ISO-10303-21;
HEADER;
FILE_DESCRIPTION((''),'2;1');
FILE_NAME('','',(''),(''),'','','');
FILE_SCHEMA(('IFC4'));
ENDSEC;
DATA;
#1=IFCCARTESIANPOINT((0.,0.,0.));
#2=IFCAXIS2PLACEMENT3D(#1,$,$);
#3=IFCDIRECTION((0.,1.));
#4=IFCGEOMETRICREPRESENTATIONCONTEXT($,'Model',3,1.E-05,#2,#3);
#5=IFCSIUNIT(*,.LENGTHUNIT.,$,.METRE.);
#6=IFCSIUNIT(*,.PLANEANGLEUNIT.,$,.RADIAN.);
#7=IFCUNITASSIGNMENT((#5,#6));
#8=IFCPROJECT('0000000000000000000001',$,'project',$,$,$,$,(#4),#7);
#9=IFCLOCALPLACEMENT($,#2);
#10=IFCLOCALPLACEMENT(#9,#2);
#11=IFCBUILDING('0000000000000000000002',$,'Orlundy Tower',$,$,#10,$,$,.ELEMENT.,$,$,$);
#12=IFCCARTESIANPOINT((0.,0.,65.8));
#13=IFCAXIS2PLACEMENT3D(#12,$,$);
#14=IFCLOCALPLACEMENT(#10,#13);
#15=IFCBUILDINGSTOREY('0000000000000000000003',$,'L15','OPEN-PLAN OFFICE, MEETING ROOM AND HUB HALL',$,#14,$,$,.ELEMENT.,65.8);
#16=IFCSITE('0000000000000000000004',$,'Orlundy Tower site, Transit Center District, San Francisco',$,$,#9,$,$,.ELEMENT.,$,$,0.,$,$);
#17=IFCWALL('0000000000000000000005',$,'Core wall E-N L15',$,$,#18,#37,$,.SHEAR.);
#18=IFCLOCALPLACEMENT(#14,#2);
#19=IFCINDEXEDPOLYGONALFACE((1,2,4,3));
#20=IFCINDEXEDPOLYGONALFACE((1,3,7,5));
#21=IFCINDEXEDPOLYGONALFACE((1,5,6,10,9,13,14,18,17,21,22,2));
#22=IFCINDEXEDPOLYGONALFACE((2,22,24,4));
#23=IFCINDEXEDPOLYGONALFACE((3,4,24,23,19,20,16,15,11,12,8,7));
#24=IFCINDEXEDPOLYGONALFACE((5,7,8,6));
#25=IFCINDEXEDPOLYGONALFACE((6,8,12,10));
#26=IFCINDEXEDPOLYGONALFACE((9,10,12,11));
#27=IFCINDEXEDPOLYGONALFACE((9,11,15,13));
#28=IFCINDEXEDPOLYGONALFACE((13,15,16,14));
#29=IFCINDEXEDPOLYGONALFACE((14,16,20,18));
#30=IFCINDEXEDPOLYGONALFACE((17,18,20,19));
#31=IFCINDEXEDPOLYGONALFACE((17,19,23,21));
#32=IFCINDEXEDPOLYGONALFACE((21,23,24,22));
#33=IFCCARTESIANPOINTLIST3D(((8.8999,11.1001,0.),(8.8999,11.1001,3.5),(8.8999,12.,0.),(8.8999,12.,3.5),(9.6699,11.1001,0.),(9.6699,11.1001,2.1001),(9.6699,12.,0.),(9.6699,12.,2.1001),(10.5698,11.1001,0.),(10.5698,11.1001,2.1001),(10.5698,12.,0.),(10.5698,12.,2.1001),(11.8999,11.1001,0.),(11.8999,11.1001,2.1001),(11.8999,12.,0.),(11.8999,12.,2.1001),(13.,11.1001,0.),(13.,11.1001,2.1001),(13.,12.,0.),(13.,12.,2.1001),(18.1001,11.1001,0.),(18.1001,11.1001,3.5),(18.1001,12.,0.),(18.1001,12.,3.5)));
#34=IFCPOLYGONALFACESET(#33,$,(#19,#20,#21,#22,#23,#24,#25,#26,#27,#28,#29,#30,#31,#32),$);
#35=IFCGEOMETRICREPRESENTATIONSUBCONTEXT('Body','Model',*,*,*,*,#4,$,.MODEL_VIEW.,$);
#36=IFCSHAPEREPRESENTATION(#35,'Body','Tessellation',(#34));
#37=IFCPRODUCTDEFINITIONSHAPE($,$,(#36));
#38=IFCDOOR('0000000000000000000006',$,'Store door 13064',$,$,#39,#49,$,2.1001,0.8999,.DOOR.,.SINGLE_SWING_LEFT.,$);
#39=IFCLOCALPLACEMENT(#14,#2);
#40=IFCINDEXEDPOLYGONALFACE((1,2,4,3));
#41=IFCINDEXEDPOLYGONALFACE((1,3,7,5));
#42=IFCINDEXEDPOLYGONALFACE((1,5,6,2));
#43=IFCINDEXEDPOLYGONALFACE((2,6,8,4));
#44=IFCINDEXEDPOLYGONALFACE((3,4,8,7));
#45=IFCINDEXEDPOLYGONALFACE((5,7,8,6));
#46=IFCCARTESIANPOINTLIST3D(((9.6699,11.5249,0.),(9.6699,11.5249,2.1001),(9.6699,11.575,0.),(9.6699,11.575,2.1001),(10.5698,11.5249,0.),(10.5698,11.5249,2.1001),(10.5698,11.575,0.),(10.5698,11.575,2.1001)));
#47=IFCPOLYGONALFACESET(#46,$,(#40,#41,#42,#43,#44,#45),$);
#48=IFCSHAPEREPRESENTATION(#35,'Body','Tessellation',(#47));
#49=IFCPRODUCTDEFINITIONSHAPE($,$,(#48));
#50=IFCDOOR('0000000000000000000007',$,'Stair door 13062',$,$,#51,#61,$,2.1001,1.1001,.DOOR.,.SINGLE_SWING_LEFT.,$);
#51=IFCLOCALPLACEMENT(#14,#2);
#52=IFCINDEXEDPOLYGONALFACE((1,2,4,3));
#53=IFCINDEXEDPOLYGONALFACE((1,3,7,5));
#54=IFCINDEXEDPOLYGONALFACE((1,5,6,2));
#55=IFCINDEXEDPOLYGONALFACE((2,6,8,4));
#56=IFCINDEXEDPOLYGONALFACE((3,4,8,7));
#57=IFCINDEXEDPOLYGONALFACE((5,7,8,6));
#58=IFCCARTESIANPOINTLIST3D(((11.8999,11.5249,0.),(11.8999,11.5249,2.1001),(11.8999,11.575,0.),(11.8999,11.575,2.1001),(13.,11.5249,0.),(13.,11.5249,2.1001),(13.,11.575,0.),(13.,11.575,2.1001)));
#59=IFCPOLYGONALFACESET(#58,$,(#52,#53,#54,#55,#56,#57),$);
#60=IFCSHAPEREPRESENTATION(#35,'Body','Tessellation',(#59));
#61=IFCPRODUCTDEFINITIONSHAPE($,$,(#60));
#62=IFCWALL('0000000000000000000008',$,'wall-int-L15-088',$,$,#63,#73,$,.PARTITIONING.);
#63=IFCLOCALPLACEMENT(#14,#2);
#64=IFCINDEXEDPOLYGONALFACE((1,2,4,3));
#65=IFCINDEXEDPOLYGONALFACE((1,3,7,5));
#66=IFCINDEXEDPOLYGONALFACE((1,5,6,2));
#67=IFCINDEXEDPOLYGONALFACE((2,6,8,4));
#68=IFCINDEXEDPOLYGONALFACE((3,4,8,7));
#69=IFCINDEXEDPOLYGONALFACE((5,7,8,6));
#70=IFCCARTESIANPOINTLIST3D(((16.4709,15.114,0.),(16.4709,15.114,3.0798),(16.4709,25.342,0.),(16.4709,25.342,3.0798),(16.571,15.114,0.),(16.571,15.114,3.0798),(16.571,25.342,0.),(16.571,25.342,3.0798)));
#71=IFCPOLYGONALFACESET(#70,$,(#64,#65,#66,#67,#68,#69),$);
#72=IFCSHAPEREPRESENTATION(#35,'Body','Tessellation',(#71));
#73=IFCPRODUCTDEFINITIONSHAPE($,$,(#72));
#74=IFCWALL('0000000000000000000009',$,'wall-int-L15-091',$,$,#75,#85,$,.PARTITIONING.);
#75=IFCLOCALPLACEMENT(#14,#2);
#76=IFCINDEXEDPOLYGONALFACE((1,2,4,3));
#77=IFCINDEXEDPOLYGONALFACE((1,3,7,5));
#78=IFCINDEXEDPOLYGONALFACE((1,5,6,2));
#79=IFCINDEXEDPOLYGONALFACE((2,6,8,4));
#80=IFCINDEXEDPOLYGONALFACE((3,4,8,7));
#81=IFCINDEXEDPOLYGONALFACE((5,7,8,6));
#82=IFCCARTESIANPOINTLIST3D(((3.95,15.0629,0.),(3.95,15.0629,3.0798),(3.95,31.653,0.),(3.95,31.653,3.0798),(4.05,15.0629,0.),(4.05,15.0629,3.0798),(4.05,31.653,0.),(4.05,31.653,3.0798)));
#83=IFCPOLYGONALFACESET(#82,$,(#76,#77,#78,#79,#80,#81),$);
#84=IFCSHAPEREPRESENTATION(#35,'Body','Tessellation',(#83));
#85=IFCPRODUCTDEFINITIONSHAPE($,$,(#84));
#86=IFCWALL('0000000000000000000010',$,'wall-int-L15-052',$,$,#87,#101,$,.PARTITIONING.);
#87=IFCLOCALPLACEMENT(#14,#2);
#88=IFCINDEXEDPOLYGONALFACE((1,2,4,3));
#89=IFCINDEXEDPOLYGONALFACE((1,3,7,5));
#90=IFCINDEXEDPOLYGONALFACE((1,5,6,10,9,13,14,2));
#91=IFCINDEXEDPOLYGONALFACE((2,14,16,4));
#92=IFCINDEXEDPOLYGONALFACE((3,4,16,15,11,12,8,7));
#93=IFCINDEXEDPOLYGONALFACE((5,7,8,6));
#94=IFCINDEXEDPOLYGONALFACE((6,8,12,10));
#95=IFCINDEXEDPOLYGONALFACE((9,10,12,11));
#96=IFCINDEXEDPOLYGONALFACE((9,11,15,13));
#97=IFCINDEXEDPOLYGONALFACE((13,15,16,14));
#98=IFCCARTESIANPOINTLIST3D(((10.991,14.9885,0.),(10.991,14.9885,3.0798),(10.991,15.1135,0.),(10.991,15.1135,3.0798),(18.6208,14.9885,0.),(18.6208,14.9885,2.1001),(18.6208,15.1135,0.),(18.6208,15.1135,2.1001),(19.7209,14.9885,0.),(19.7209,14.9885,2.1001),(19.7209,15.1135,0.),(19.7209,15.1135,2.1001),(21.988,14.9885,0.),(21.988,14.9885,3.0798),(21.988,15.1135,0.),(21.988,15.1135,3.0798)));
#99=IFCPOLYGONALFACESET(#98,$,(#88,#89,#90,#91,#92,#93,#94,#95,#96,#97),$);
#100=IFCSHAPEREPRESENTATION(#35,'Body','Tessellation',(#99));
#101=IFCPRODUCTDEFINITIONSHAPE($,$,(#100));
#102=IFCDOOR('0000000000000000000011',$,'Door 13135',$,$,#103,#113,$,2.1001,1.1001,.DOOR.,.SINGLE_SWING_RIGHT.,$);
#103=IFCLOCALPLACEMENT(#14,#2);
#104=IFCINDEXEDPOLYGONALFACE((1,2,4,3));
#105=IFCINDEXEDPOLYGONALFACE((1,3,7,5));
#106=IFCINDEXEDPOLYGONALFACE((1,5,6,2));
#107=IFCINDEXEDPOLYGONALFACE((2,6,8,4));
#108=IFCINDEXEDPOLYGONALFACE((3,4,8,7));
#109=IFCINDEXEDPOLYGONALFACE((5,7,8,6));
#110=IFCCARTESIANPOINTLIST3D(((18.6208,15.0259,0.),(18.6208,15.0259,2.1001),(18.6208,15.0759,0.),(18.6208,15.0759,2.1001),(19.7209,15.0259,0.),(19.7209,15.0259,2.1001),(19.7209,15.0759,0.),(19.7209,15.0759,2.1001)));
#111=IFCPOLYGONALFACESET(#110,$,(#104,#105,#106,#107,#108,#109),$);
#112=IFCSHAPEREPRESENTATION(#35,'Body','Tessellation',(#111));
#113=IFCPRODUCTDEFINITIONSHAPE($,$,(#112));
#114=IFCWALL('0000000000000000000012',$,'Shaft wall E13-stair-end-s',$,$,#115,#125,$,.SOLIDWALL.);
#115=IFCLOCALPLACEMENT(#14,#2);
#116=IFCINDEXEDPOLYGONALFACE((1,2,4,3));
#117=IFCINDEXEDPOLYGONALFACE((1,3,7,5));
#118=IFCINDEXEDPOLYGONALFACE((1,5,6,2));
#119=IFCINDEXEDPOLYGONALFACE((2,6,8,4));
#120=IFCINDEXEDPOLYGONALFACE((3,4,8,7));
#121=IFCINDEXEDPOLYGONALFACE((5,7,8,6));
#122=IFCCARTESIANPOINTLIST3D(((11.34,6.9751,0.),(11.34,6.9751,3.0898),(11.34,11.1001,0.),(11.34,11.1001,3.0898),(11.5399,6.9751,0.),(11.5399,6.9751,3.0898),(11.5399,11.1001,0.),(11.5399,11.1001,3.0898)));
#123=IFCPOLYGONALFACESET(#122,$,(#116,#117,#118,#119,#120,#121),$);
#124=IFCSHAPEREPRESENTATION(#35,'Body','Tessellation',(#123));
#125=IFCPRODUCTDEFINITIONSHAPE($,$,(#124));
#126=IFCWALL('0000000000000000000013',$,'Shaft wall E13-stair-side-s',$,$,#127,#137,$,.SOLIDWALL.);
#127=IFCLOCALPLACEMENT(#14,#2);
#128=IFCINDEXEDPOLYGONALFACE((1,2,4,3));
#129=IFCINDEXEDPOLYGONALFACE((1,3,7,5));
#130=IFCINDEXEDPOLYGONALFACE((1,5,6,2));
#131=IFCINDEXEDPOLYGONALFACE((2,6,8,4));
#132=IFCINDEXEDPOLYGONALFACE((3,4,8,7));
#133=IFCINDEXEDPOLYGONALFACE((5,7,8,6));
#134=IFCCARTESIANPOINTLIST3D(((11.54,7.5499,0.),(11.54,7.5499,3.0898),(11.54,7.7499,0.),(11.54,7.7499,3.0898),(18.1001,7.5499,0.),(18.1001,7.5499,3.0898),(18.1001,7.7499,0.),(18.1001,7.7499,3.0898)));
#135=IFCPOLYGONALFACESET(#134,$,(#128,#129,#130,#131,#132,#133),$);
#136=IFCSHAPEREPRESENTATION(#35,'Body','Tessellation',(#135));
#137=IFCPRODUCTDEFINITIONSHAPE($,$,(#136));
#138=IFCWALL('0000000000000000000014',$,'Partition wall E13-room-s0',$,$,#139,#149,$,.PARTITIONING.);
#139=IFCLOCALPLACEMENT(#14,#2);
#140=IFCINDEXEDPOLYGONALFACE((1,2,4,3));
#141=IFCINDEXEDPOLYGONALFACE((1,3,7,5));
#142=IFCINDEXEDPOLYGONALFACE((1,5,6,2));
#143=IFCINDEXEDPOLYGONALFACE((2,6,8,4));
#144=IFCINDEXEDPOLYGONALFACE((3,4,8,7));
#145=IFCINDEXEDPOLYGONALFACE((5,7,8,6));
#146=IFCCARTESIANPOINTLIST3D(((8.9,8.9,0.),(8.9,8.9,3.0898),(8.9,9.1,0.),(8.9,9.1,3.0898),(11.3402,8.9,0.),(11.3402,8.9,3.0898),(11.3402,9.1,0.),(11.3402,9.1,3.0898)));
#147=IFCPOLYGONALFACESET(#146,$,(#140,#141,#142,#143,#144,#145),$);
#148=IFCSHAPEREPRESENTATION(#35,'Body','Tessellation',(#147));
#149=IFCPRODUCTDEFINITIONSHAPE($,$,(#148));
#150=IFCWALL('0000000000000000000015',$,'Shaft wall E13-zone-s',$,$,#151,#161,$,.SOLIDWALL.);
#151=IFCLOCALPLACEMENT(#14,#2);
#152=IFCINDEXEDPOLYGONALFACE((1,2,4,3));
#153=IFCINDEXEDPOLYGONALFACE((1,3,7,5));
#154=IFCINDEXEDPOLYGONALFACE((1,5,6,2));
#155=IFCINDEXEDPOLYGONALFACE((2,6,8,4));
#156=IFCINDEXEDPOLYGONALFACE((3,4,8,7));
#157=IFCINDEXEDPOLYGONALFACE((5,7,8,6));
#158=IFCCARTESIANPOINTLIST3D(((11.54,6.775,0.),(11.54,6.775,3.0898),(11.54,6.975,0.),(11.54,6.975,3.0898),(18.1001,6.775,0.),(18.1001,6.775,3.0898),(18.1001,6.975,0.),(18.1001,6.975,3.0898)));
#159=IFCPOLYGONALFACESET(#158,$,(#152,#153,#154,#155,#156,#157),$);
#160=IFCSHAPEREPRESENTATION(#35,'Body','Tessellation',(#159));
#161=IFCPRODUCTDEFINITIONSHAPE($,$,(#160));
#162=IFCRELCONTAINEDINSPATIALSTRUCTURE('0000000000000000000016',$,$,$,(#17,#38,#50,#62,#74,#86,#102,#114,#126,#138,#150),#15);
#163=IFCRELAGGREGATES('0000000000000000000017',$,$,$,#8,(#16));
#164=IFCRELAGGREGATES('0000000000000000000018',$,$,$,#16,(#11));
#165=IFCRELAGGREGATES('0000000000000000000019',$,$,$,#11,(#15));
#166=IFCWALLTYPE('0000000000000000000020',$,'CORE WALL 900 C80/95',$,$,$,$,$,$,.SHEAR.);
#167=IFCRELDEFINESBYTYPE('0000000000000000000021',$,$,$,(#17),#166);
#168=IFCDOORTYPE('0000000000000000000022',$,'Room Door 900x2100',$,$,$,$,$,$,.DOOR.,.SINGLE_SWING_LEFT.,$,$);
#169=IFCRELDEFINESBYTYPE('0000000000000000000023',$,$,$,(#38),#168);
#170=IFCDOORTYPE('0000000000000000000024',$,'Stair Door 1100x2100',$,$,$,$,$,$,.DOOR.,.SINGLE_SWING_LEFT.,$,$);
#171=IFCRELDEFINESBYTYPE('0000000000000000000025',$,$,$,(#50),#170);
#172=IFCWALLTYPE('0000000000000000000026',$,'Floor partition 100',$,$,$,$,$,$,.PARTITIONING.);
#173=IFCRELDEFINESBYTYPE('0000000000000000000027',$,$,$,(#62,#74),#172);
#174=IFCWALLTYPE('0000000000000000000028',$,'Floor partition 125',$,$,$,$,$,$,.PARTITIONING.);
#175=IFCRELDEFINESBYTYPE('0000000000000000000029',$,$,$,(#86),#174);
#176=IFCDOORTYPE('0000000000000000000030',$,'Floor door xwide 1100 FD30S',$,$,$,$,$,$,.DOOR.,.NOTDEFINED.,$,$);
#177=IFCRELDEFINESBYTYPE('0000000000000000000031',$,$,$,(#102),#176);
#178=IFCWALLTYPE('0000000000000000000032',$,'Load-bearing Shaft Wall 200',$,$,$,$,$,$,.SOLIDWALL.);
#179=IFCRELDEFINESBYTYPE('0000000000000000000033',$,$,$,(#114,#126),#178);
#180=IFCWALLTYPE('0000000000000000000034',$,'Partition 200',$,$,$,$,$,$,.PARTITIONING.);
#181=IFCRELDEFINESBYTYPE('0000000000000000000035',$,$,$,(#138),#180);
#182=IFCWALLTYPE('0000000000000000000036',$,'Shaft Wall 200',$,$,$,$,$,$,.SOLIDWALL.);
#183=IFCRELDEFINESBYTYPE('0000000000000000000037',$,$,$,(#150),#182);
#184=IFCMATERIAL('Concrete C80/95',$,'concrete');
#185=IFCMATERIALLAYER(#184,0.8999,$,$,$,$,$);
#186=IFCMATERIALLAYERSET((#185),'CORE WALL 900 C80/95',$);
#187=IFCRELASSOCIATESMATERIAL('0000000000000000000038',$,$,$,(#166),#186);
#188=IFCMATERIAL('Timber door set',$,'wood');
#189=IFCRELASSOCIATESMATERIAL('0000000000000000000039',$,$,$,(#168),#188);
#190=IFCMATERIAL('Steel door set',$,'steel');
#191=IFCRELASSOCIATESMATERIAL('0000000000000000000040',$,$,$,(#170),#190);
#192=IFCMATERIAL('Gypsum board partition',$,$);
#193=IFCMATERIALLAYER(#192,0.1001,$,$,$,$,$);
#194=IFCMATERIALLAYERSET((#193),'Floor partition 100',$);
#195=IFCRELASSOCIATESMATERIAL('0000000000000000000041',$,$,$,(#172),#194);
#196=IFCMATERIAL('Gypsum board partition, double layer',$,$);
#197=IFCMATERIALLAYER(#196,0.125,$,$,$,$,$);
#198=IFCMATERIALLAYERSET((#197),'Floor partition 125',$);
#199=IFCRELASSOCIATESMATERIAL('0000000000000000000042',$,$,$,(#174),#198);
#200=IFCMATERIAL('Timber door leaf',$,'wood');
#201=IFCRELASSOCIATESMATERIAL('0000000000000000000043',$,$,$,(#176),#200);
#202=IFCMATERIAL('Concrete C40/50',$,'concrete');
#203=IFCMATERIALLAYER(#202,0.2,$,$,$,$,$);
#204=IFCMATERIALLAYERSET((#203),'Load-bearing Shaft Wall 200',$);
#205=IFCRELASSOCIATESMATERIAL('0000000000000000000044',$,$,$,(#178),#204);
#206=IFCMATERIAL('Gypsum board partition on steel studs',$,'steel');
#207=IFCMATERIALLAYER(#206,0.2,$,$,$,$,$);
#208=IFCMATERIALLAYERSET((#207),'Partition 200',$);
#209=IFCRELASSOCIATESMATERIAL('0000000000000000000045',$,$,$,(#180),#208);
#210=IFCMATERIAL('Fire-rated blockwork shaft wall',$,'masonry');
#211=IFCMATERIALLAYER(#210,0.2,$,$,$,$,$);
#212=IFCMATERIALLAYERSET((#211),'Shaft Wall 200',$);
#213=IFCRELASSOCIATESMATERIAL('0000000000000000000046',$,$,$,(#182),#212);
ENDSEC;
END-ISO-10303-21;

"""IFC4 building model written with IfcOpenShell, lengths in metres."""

from ifc_helpers import new_model, si_unit, direction, frame, frame_2d, origin, place, context, subcontext, project, spatial, rectangle, extrude, material, layer, layer_set, type_object, element, fill, save


model = new_model("IFC4")

# Units and contexts
model_context = context("Model", 3, precision=1e-05, world=origin(), true_north=direction((0.0, 1.0)))
body_context = subcontext(model_context, "Body", "Model", "MODEL_VIEW")
ifc_project = project(units=[si_unit("LENGTHUNIT", "METRE"), si_unit("PLANEANGLEUNIT", "RADIAN")], contexts=[model_context])

# Site, building, storey
site_placement = place(None, origin())
site = spatial("IfcSite", under=ifc_project, at=site_placement, Name="Orlundy Tower site, Transit Center District, San Francisco", CompositionType="ELEMENT", RefElevation=0.0)
building_placement = place(site_placement, origin())
building = spatial("IfcBuilding", under=site, at=building_placement, Name="Orlundy Tower", CompositionType="ELEMENT")
storey_placement = place(building_placement, frame((0.0, 0.0, 65.8)))
storey = spatial("IfcBuildingStorey", under=building, at=storey_placement, Name="L15", Description="OPEN-PLAN OFFICE, MEETING ROOM AND HUB HALL", CompositionType="ELEMENT", Elevation=65.8)

# Wall, openings, doors
ifc_material_1 = material(Name="Concrete C80/95", Category="concrete")
ifc_layer_1 = layer(ifc_material_1, 0.8999)
ifc_layer_set_1 = layer_set([ifc_layer_1], Name="CORE WALL 900 C80/95")
wall_type_1 = type_object("IfcWallType", Name="CORE WALL 900 C80/95", PredefinedType="SHEAR", material=ifc_layer_set_1)
wall_1_placement = place(storey_placement, frame((8.8999, 11.55, 0.0), z_axis=(0.0, 0.0, 1.0), x_axis=(1.0, 0.0, 0.0)))
wall_1 = element("IfcWall", 1, at=wall_1_placement, inside=storey, type_object=wall_type_1, Name="Core wall E-N L15", PredefinedType="SHEAR", context=body_context, shape_type="SweptSolid", body=[
    extrude(rectangle(XDim=9.2002, YDim=0.8999, at=frame_2d((4.6001, 0.0))), origin(), (0.0, 0.0, 1.0), 3.5),
])
opening_1_placement = place(wall_1_placement, frame((3.0, 0.0, 0.0)))
opening_1 = element("IfcOpeningElement", 2, at=opening_1_placement, cuts=wall_1, PredefinedType="OPENING", context=body_context, shape_type="SweptSolid", body=[
    extrude(rectangle(XDim=1.1001, YDim=2.1001, at=frame_2d((0.55, 1.05))), frame((0.0, 0.46, 0.0), z_axis=(0.0, -1.0, 0.0), x_axis=(1.0, 0.0, 0.0)), (0.0, 0.0, 1.0), 0.9199),
])
opening_2_placement = place(wall_1_placement, frame((0.77, 0.0, 0.0)))
opening_2 = element("IfcOpeningElement", 3, at=opening_2_placement, cuts=wall_1, PredefinedType="OPENING", context=body_context, shape_type="SweptSolid", body=[
    extrude(rectangle(XDim=0.8999, YDim=2.1001, at=frame_2d((0.45, 1.05))), frame((0.0, 0.46, 0.0), z_axis=(0.0, -1.0, 0.0), x_axis=(1.0, 0.0, 0.0)), (0.0, 0.0, 1.0), 0.9199),
])
ifc_material_2 = material(Name="Timber door set", Category="wood")
door_type_1 = type_object("IfcDoorType", Name="Room Door 900x2100", OperationType="SINGLE_SWING_LEFT", PredefinedType="DOOR", material=ifc_material_2)
door_1_placement = place(opening_2_placement, origin())
door_1 = element("IfcDoor", 4, at=door_1_placement, inside=storey, type_object=door_type_1, Name="Store door 13064", OperationType="SINGLE_SWING_LEFT", OverallHeight=2.1001, OverallWidth=0.8999, PredefinedType="DOOR", context=body_context, shape_type="SweptSolid", body=[
    extrude(rectangle(XDim=0.8999, YDim=2.1001, at=frame_2d((0.45, 1.05))), frame((0.0, 0.0249, 0.0), z_axis=(0.0, -1.0, 0.0), x_axis=(1.0, 0.0, 0.0)), (0.0, 0.0, 1.0), 0.05),
])
fill(opening_2, door_1)
ifc_material_3 = material(Name="Steel door set", Category="steel")
door_type_2 = type_object("IfcDoorType", Name="Stair Door 1100x2100", OperationType="SINGLE_SWING_LEFT", PredefinedType="DOOR", material=ifc_material_3)
door_2_placement = place(opening_1_placement, origin())
door_2 = element("IfcDoor", 5, at=door_2_placement, inside=storey, type_object=door_type_2, Name="Stair door 13062", OperationType="SINGLE_SWING_LEFT", OverallHeight=2.1001, OverallWidth=1.1001, PredefinedType="DOOR", context=body_context, shape_type="SweptSolid", body=[
    extrude(rectangle(XDim=1.1001, YDim=2.1001, at=frame_2d((0.55, 1.05))), frame((0.0, 0.0249, 0.0), z_axis=(0.0, -1.0, 0.0), x_axis=(1.0, 0.0, 0.0)), (0.0, 0.0, 1.0), 0.05),
])
fill(opening_1, door_2)

# Walls
ifc_material_4 = material(Name="Gypsum board partition")
ifc_layer_2 = layer(ifc_material_4, 0.1001)
ifc_layer_set_2 = layer_set([ifc_layer_2], Name="Floor partition 100")
wall_type_2 = type_object("IfcWallType", Name="Floor partition 100", PredefinedType="PARTITIONING", material=ifc_layer_set_2)
wall_2_placement = place(storey_placement, frame((16.521, 15.114, 0.0), z_axis=(0.0, 0.0, 1.0), x_axis=(0.0, 1.0, 0.0)))
element("IfcWall", 6, at=wall_2_placement, inside=storey, type_object=wall_type_2, Name="wall-int-L15-088", PredefinedType="PARTITIONING", context=body_context, shape_type="SweptSolid", body=[
    extrude(rectangle(XDim=10.228, YDim=0.1001, at=frame_2d((5.114, 0.0))), origin(), (0.0, 0.0, 1.0), 3.0798),
])
wall_3_placement = place(storey_placement, frame((4.0, 15.063, 0.0), z_axis=(0.0, 0.0, 1.0), x_axis=(0.0, 1.0, 0.0)))
element("IfcWall", 7, at=wall_3_placement, inside=storey, type_object=wall_type_2, Name="wall-int-L15-091", PredefinedType="PARTITIONING", context=body_context, shape_type="SweptSolid", body=[
    extrude(rectangle(XDim=16.5901, YDim=0.1001, at=frame_2d((8.2949, 0.0))), origin(), (0.0, 0.0, 1.0), 3.0798),
])

# Wall, opening, door
ifc_material_5 = material(Name="Gypsum board partition, double layer")
ifc_layer_3 = layer(ifc_material_5, 0.125)
ifc_layer_set_3 = layer_set([ifc_layer_3], Name="Floor partition 125")
wall_type_3 = type_object("IfcWallType", Name="Floor partition 125", PredefinedType="PARTITIONING", material=ifc_layer_set_3)
wall_4_placement = place(storey_placement, frame((10.991, 15.051, 0.0), z_axis=(0.0, 0.0, 1.0), x_axis=(1.0, 0.0, 0.0)))
wall_4 = element("IfcWall", 8, at=wall_4_placement, inside=storey, type_object=wall_type_3, Name="wall-int-L15-052", PredefinedType="PARTITIONING", context=body_context, shape_type="SweptSolid", body=[
    extrude(rectangle(XDim=10.9971, YDim=0.125, at=frame_2d((5.4985, 0.0))), origin(), (0.0, 0.0, 1.0), 3.0798),
])
opening_3_placement = place(wall_4_placement, frame((7.6299, 0.0, 0.0)))
opening_3 = element("IfcOpeningElement", 9, at=opening_3_placement, cuts=wall_4, PredefinedType="OPENING", context=body_context, shape_type="SweptSolid", body=[
    extrude(rectangle(XDim=1.1001, YDim=2.1001, at=frame_2d((0.55, 1.05))), frame((0.0, 0.0725, 0.0), z_axis=(0.0, -1.0, 0.0), x_axis=(1.0, 0.0, 0.0)), (0.0, 0.0, 1.0), 0.145),
])
ifc_material_6 = material(Name="Timber door leaf", Category="wood")
door_type_3 = type_object("IfcDoorType", Name="Floor door xwide 1100 FD30S", OperationType="NOTDEFINED", PredefinedType="DOOR", material=ifc_material_6)
door_3_placement = place(opening_3_placement, origin())
door_3 = element("IfcDoor", 10, at=door_3_placement, inside=storey, type_object=door_type_3, Name="Door 13135", OperationType="SINGLE_SWING_RIGHT", OverallHeight=2.1001, OverallWidth=1.1001, PredefinedType="DOOR", context=body_context, shape_type="SweptSolid", body=[
    extrude(rectangle(XDim=1.1001, YDim=2.1001, at=frame_2d((0.55, 1.05))), frame((0.0, 0.0249, 0.0), z_axis=(0.0, -1.0, 0.0), x_axis=(1.0, 0.0, 0.0)), (0.0, 0.0, 1.0), 0.05),
])
fill(opening_3, door_3)

# Walls
ifc_material_7 = material(Name="Concrete C40/50", Category="concrete")
ifc_layer_4 = layer(ifc_material_7, 0.2)
ifc_layer_set_4 = layer_set([ifc_layer_4], Name="Load-bearing Shaft Wall 200")
wall_type_4 = type_object("IfcWallType", Name="Load-bearing Shaft Wall 200", PredefinedType="SOLIDWALL", material=ifc_layer_set_4)
wall_5_placement = place(storey_placement, frame((11.4399, 11.1001, 0.0), z_axis=(0.0, 0.0, 1.0), x_axis=(0.0, -1.0, 0.0)))
element("IfcWall", 11, at=wall_5_placement, inside=storey, type_object=wall_type_4, Name="Shaft wall E13-stair-end-s", PredefinedType="SOLIDWALL", context=body_context, shape_type="SweptSolid", body=[
    extrude(rectangle(XDim=4.125, YDim=0.2, at=frame_2d((2.0625, 0.0))), origin(), (0.0, 0.0, 1.0), 3.0898),
])
wall_6_placement = place(storey_placement, frame((11.54, 7.6499, 0.0), z_axis=(0.0, 0.0, 1.0), x_axis=(1.0, 0.0, 0.0)))
element("IfcWall", 12, at=wall_6_placement, inside=storey, type_object=wall_type_4, Name="Shaft wall E13-stair-side-s", PredefinedType="SOLIDWALL", context=body_context, shape_type="SweptSolid", body=[
    extrude(rectangle(XDim=6.5601, YDim=0.2, at=frame_2d((3.28, 0.0))), origin(), (0.0, 0.0, 1.0), 3.0898),
])
ifc_material_8 = material(Name="Gypsum board partition on steel studs", Category="steel")
ifc_layer_5 = layer(ifc_material_8, 0.2)
ifc_layer_set_5 = layer_set([ifc_layer_5], Name="Partition 200")
wall_type_5 = type_object("IfcWallType", Name="Partition 200", PredefinedType="PARTITIONING", material=ifc_layer_set_5)
wall_7_placement = place(storey_placement, frame((8.8999, 9.0, 0.0), z_axis=(0.0, 0.0, 1.0), x_axis=(1.0, 0.0, 0.0)))
element("IfcWall", 13, at=wall_7_placement, inside=storey, type_object=wall_type_5, Name="Partition wall E13-room-s0", PredefinedType="PARTITIONING", context=body_context, shape_type="SweptSolid", body=[
    extrude(rectangle(XDim=2.4402, YDim=0.2, at=frame_2d((1.2202, 0.0))), origin(), (0.0, 0.0, 1.0), 3.0898),
])
ifc_material_9 = material(Name="Fire-rated blockwork shaft wall", Category="masonry")
ifc_layer_6 = layer(ifc_material_9, 0.2)
ifc_layer_set_6 = layer_set([ifc_layer_6], Name="Shaft Wall 200")
wall_type_6 = type_object("IfcWallType", Name="Shaft Wall 200", PredefinedType="SOLIDWALL", material=ifc_layer_set_6)
wall_8_placement = place(storey_placement, frame((11.54, 6.875, 0.0), z_axis=(0.0, 0.0, 1.0), x_axis=(1.0, 0.0, 0.0)))
element("IfcWall", 14, at=wall_8_placement, inside=storey, type_object=wall_type_6, Name="Shaft wall E13-zone-s", PredefinedType="SOLIDWALL", context=body_context, shape_type="SweptSolid", body=[
    extrude(rectangle(XDim=6.5601, YDim=0.2, at=frame_2d((3.28, 0.0))), origin(), (0.0, 0.0, 1.0), 3.0898),
])

save(model, "model.ifc")
